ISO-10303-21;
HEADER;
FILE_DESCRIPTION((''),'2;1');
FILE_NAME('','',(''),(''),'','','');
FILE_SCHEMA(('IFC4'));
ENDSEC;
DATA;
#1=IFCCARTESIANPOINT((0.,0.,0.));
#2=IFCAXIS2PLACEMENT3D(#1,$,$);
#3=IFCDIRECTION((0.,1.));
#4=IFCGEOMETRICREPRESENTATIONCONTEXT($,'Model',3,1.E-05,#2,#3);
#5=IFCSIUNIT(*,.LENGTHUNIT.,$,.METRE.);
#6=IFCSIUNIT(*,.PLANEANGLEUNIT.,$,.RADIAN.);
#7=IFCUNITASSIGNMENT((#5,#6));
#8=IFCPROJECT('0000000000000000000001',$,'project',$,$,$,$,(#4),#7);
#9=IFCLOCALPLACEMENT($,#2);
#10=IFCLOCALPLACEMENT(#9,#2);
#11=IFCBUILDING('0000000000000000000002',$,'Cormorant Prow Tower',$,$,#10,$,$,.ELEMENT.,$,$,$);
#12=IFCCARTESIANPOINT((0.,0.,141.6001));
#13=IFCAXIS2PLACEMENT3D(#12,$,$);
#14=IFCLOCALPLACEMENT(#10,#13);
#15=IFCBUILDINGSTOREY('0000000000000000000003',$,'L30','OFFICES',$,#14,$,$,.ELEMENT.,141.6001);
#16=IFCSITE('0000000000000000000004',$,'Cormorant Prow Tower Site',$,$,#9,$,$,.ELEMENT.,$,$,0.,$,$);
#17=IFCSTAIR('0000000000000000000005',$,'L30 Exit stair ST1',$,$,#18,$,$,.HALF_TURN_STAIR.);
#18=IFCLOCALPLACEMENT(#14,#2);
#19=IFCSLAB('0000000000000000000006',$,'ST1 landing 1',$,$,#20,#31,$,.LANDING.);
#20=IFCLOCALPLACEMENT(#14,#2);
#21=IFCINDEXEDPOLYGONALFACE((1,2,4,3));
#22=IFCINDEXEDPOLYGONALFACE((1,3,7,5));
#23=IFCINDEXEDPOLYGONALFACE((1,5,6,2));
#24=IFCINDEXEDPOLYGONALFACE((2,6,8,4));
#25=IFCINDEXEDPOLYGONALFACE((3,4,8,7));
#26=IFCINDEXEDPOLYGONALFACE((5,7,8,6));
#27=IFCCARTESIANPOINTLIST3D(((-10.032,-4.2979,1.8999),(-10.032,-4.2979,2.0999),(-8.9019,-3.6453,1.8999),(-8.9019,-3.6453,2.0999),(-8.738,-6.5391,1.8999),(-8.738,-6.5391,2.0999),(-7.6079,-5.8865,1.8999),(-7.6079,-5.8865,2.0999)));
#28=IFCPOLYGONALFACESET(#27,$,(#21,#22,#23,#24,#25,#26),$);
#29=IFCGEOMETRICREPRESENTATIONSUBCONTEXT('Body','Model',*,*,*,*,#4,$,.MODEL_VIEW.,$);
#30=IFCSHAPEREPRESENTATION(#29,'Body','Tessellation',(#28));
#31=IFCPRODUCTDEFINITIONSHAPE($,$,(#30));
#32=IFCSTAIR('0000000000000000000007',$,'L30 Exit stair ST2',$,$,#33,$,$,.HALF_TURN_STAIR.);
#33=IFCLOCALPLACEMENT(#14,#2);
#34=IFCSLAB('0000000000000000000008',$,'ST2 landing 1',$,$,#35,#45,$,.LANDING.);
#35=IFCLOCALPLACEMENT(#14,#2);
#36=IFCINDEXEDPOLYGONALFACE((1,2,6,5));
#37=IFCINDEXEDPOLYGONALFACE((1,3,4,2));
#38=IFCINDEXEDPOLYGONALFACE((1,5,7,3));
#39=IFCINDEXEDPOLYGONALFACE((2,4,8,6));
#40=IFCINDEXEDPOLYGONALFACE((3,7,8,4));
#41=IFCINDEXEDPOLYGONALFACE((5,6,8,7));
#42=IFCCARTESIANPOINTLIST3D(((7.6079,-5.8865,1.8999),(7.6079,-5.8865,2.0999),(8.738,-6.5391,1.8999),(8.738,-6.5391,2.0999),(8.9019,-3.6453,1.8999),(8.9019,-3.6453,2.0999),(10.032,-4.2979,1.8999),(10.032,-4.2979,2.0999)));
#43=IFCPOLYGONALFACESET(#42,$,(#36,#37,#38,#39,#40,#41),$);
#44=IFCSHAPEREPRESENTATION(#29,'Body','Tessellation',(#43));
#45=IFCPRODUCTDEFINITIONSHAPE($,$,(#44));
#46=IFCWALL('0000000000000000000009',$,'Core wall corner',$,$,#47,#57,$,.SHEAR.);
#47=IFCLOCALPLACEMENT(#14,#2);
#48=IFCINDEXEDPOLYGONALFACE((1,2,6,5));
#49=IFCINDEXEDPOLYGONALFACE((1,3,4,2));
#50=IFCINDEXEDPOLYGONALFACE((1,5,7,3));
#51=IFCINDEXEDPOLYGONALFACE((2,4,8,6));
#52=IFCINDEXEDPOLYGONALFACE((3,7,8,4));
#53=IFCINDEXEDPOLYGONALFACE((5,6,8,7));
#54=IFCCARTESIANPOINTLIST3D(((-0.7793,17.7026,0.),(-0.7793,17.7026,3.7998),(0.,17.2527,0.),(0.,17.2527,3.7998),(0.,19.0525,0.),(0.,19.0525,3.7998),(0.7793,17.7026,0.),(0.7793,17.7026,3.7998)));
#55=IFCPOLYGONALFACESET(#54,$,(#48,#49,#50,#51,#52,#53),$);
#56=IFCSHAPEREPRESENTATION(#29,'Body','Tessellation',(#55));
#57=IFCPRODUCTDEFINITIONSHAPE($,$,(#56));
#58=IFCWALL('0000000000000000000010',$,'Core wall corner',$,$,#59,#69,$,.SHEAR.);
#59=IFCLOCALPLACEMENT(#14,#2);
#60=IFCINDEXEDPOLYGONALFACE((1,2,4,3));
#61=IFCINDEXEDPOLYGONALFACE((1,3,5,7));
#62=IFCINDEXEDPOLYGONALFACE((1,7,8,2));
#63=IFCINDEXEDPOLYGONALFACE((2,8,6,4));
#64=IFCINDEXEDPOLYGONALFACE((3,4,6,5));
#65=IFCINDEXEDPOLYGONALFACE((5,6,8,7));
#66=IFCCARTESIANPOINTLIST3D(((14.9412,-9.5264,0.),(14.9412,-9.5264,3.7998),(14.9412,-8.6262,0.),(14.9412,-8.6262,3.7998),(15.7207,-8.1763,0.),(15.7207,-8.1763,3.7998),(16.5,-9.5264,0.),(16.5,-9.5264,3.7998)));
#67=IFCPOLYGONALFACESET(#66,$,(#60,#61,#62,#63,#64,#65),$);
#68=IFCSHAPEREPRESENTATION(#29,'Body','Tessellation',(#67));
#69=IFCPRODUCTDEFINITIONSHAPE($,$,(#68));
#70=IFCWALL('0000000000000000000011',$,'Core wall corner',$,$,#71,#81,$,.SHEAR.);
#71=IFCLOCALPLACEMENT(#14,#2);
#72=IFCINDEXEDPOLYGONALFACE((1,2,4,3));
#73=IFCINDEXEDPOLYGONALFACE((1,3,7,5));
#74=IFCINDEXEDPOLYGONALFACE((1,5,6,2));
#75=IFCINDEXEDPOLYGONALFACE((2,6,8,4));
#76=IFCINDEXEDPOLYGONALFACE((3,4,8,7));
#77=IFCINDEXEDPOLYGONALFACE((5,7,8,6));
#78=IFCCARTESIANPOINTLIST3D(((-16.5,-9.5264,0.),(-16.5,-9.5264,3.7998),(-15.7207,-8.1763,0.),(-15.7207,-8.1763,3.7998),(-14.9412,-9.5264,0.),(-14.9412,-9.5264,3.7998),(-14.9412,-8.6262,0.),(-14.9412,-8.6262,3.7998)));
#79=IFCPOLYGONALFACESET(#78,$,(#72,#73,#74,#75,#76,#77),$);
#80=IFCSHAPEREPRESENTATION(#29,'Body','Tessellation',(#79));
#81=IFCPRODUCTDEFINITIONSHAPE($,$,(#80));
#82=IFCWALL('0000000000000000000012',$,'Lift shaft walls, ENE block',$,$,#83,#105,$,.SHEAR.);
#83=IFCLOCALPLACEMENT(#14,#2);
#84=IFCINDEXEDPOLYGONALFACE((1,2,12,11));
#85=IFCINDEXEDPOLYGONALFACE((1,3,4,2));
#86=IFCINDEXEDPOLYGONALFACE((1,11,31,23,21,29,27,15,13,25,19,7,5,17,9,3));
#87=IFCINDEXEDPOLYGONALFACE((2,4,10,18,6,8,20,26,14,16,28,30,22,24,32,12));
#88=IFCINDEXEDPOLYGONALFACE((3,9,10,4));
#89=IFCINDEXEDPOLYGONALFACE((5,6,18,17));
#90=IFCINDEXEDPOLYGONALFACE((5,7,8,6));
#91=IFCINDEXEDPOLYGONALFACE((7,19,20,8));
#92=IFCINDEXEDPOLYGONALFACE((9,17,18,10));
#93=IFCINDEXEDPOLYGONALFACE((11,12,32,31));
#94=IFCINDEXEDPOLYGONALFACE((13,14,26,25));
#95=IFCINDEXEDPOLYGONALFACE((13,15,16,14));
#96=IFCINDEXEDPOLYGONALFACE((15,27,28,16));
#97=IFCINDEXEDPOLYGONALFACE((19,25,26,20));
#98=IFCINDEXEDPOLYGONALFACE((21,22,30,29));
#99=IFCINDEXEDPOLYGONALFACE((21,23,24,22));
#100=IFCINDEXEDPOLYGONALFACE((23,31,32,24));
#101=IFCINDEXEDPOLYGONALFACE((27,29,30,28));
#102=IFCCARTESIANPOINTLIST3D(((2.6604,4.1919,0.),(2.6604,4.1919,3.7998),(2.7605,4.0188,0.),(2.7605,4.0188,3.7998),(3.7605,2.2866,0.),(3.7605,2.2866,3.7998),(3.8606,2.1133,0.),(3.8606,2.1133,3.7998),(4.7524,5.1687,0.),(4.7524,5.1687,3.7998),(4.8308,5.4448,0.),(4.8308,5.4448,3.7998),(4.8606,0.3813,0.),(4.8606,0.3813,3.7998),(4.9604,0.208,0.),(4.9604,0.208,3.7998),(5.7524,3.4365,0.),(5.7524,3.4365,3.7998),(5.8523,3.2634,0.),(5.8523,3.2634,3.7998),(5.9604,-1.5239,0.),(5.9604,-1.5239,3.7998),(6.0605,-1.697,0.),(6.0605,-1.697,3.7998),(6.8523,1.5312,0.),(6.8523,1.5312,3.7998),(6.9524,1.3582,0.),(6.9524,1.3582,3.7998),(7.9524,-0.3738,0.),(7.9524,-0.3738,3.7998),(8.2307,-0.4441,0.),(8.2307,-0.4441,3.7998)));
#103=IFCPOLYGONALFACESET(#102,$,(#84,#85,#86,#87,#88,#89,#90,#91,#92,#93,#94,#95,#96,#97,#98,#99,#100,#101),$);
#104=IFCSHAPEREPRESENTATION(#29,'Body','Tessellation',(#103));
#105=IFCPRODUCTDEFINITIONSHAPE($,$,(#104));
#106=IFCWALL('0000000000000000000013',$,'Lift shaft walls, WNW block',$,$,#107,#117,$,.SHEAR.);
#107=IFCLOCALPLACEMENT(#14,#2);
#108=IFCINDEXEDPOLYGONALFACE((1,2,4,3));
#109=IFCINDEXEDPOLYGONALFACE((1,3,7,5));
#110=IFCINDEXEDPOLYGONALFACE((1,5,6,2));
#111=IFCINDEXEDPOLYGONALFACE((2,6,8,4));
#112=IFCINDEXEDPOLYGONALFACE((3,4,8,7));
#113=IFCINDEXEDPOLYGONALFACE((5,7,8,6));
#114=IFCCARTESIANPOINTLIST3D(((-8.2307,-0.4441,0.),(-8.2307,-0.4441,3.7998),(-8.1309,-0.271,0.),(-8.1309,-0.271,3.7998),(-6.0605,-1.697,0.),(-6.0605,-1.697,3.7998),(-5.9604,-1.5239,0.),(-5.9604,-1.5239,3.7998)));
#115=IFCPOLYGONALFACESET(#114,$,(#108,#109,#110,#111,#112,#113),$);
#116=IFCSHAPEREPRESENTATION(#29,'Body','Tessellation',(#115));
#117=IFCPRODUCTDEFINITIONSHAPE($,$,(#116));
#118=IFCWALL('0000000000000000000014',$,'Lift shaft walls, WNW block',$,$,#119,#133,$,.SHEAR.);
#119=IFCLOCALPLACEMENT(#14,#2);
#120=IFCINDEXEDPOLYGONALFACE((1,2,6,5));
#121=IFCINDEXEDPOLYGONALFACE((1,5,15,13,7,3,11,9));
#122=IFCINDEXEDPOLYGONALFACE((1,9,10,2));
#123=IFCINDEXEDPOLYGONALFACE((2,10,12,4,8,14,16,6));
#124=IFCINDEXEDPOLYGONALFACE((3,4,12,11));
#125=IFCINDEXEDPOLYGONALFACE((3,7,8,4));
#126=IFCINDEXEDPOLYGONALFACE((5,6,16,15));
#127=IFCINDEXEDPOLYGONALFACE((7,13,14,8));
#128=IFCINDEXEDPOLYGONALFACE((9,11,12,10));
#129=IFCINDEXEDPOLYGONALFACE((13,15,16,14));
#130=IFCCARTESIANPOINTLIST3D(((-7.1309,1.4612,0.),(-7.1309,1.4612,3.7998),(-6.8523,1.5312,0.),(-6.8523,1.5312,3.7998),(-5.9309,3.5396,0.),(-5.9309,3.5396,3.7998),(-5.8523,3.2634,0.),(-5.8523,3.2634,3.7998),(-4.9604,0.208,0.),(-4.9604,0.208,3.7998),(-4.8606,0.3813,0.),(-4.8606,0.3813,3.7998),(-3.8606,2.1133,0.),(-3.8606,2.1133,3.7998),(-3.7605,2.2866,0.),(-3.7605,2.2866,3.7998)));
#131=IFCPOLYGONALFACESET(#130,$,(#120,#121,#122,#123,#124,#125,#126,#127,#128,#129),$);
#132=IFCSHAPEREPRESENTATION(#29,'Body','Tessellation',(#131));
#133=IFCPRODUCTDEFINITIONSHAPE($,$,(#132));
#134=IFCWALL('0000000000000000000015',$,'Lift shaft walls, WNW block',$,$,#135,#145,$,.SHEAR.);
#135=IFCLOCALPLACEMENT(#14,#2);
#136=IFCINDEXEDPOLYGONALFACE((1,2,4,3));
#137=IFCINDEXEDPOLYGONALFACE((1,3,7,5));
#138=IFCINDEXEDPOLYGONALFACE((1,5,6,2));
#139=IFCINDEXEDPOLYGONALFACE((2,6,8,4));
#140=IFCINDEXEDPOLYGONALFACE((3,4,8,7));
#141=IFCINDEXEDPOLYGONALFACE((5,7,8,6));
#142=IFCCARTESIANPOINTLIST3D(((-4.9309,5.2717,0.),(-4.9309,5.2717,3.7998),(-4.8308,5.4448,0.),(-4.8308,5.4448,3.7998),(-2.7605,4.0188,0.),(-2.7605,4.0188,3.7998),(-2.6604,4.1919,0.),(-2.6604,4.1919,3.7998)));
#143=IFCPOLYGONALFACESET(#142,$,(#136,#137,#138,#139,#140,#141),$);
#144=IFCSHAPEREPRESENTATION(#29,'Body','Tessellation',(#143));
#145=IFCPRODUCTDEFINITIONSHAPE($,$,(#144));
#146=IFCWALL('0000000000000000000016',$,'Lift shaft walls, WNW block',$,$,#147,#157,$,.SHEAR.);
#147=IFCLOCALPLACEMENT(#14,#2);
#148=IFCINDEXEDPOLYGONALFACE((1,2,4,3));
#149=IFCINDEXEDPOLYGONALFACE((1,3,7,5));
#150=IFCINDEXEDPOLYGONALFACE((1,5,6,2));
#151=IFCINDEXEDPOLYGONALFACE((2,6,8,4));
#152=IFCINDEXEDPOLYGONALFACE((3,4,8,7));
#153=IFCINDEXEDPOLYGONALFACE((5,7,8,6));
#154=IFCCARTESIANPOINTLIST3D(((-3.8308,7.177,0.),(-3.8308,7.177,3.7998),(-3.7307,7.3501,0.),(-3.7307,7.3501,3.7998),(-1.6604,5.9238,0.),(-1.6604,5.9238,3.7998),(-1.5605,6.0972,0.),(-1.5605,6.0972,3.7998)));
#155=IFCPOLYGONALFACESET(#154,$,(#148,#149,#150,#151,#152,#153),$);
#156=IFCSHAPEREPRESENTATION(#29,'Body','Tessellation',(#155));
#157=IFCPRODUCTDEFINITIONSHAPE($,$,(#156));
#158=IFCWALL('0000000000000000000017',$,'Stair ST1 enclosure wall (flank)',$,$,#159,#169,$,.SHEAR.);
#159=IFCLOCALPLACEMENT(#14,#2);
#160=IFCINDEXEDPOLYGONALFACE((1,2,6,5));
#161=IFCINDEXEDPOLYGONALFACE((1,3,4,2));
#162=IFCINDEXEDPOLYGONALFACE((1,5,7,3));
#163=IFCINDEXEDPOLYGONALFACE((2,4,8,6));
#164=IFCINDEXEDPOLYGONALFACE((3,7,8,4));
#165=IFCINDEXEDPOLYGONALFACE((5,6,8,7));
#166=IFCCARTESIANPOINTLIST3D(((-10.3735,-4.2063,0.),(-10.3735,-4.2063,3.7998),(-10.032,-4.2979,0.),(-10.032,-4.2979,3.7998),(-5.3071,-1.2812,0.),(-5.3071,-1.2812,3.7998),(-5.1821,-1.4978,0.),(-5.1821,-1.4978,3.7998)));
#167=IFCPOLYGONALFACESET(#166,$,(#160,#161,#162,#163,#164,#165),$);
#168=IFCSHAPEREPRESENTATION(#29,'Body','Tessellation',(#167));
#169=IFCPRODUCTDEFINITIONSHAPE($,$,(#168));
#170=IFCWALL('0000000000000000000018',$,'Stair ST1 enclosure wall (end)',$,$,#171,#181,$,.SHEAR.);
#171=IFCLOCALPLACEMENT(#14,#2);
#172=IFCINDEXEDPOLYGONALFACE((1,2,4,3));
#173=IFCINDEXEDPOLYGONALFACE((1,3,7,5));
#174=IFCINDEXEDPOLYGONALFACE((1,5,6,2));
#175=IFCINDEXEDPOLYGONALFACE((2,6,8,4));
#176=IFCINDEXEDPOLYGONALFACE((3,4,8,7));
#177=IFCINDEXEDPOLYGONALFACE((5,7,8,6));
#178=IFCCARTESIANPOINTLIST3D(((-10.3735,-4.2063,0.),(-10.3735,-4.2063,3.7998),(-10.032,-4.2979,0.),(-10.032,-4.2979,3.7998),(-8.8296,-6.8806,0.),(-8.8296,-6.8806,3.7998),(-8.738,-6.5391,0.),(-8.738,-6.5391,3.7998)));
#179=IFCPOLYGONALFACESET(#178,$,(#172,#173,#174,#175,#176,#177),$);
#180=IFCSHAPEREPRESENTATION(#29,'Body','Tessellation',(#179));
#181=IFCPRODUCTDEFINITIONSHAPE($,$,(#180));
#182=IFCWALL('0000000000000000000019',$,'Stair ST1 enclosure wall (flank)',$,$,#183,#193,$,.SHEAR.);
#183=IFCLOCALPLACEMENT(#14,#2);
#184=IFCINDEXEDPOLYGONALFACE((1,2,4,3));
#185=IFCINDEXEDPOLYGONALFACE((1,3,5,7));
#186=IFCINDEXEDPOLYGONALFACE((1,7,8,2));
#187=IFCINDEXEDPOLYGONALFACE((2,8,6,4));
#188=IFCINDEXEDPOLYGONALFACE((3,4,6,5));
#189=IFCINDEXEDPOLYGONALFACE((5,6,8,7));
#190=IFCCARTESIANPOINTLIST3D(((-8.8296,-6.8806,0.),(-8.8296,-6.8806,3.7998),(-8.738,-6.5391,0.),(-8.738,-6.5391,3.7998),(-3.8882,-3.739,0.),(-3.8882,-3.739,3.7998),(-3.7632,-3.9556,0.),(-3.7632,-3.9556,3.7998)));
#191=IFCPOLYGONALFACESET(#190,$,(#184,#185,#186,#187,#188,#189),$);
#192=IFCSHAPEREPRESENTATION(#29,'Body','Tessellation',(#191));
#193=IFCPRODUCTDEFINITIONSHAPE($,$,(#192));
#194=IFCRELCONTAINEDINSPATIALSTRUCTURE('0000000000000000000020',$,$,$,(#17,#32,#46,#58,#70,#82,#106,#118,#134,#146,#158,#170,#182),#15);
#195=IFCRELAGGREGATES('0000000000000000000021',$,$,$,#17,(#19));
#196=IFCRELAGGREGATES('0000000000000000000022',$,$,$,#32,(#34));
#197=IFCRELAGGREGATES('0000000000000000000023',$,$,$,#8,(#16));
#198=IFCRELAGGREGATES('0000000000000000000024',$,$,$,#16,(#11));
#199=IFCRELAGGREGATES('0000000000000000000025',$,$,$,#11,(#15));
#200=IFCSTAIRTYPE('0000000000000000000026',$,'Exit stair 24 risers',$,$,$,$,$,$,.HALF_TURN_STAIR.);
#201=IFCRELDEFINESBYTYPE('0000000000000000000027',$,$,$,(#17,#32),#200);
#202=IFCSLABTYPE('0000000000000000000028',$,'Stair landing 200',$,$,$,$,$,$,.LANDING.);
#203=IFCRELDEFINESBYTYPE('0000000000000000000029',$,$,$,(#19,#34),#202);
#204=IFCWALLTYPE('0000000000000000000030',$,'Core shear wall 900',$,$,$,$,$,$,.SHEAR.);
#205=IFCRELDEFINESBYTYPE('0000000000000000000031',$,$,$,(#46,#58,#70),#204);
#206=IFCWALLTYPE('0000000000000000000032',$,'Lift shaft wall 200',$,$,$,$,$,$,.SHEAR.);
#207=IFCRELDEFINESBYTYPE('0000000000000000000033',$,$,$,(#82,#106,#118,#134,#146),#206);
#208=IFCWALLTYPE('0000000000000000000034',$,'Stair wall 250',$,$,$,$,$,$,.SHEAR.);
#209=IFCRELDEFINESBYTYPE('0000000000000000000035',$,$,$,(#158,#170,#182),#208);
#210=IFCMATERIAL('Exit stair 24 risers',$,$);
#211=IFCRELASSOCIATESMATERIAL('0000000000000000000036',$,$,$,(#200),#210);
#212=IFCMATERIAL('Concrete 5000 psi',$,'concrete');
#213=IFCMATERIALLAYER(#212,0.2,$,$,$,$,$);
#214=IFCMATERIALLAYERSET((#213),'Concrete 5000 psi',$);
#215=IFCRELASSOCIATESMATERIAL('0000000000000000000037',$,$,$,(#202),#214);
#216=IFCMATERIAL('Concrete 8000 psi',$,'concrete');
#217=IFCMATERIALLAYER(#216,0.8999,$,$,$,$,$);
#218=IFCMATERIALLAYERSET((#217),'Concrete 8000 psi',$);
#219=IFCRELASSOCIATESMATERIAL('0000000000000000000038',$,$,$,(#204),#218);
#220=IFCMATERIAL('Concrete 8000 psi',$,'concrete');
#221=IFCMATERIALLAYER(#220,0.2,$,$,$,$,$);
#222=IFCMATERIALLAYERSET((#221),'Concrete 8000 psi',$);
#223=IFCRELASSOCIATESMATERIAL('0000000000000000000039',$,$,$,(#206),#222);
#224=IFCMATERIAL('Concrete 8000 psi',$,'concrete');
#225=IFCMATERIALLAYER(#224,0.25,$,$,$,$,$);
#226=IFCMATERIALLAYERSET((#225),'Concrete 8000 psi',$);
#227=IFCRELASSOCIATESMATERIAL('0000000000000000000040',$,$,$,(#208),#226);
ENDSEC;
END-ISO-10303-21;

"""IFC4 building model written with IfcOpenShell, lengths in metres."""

from ifc_helpers import new_model, si_unit, direction, frame, origin, place, context, subcontext, project, spatial, polyline, outline, extrude, material, layer, layer_set, type_object, element, aggregate, save


model = new_model("IFC4")

# Units and contexts
model_context = context("Model", 3, precision=1e-05, world=origin(), true_north=direction((0.0, 1.0)))
body_context = subcontext(model_context, "Body", "Model", "MODEL_VIEW")
ifc_project = project(units=[si_unit("LENGTHUNIT", "METRE"), si_unit("PLANEANGLEUNIT", "RADIAN")], contexts=[model_context])

# Site, building, storey
site_placement = place(None, origin())
site = spatial("IfcSite", under=ifc_project, at=site_placement, Name="Cormorant Prow Tower Site", CompositionType="ELEMENT", RefElevation=0.0)
building_placement = place(site_placement, origin())
building = spatial("IfcBuilding", under=site, at=building_placement, Name="Cormorant Prow Tower", CompositionType="ELEMENT")
storey_placement = place(building_placement, frame((0.0, 0.0, 141.6001)))
storey = spatial("IfcBuildingStorey", under=building, at=storey_placement, Name="L30", Description="OFFICES", CompositionType="ELEMENT", Elevation=141.6001)

# Stairs, slabs
ifc_material_1 = material(Name="Exit stair 24 risers")
stair_type = type_object("IfcStairType", Name="Exit stair 24 risers", PredefinedType="HALF_TURN_STAIR", material=ifc_material_1)
stair_1_placement = place(storey_placement, origin())
stair_1 = element("IfcStair", 1, at=stair_1_placement, inside=storey, type_object=stair_type, Name="L30 Exit stair ST1", PredefinedType="HALF_TURN_STAIR")
ifc_material_2 = material(Name="Concrete 5000 psi", Category="concrete")
ifc_layer_1 = layer(ifc_material_2, 0.2)
ifc_layer_set_1 = layer_set([ifc_layer_1], Name="Concrete 5000 psi")
slab_type = type_object("IfcSlabType", Name="Stair landing 200", PredefinedType="LANDING", material=ifc_layer_set_1)
slab_1_placement = place(storey_placement, frame((0.0, 0.0, 1.8999)))
slab_1 = element("IfcSlab", 2, at=slab_1_placement, type_object=slab_type, Name="ST1 landing 1", PredefinedType="LANDING", context=body_context, shape_type="SweptSolid", body=[
    extrude(outline(polyline([(-8.9019, -3.6453), (-10.032, -4.2979), (-8.738, -6.5391), (-7.6079, -5.8865), (-8.9019, -3.6453)])), origin(), (0.0, 0.0, 1.0), 0.2),
])
aggregate(stair_1, [slab_1])
stair_2_placement = place(storey_placement, origin())
stair_2 = element("IfcStair", 3, at=stair_2_placement, inside=storey, type_object=stair_type, Name="L30 Exit stair ST2", PredefinedType="HALF_TURN_STAIR")
slab_2_placement = place(storey_placement, frame((0.0, 0.0, 1.8999)))
slab_2 = element("IfcSlab", 4, at=slab_2_placement, type_object=slab_type, Name="ST2 landing 1", PredefinedType="LANDING", context=body_context, shape_type="SweptSolid", body=[
    extrude(outline(polyline([(7.6079, -5.8865), (8.738, -6.5391), (10.032, -4.2979), (8.9019, -3.6453), (7.6079, -5.8865)])), origin(), (0.0, 0.0, 1.0), 0.2),
])
aggregate(stair_2, [slab_2])

# Walls
ifc_material_3 = material(Name="Concrete 8000 psi", Category="concrete")
ifc_layer_2 = layer(ifc_material_3, 0.8999)
ifc_layer_set_2 = layer_set([ifc_layer_2], Name="Concrete 8000 psi")
wall_type_1 = type_object("IfcWallType", Name="Core shear wall 900", PredefinedType="SHEAR", material=ifc_layer_set_2)
wall_1_placement = place(storey_placement, origin())
element("IfcWall", 5, at=wall_1_placement, inside=storey, type_object=wall_type_1, Name="Core wall corner", PredefinedType="SHEAR", context=body_context, shape_type="SweptSolid", body=[
    extrude(outline(polyline([(-0.7793, 17.7026), (0.0, 19.0525), (0.7793, 17.7026), (0.0, 17.2527), (-0.7793, 17.7026)])), origin(), (0.0, 0.0, 1.0), 3.7998),
])
wall_2_placement = place(storey_placement, origin())
element("IfcWall", 6, at=wall_2_placement, inside=storey, type_object=wall_type_1, Name="Core wall corner", PredefinedType="SHEAR", context=body_context, shape_type="SweptSolid", body=[
    extrude(outline(polyline([(14.9412, -8.6262), (15.7207, -8.1763), (16.5, -9.5264), (14.9412, -9.5264), (14.9412, -8.6262)])), origin(), (0.0, 0.0, 1.0), 3.7998),
])
wall_3_placement = place(storey_placement, origin())
element("IfcWall", 7, at=wall_3_placement, inside=storey, type_object=wall_type_1, Name="Core wall corner", PredefinedType="SHEAR", context=body_context, shape_type="SweptSolid", body=[
    extrude(outline(polyline([(-14.9412, -8.6262), (-14.9412, -9.5264), (-16.5, -9.5264), (-15.7207, -8.1763), (-14.9412, -8.6262)])), origin(), (0.0, 0.0, 1.0), 3.7998),
])
ifc_material_4 = material(Name="Concrete 8000 psi", Category="concrete")
ifc_layer_3 = layer(ifc_material_4, 0.2)
ifc_layer_set_3 = layer_set([ifc_layer_3], Name="Concrete 8000 psi")
wall_type_2 = type_object("IfcWallType", Name="Lift shaft wall 200", PredefinedType="SHEAR", material=ifc_layer_set_3)
wall_4_placement = place(storey_placement, origin())
element("IfcWall", 8, at=wall_4_placement, inside=storey, type_object=wall_type_2, Name="Lift shaft walls, ENE block", PredefinedType="SHEAR", context=body_context, shape_type="SweptSolid", body=[
    extrude(outline(polyline([(2.6604, 4.1919), (4.8308, 5.4448), (8.2307, -0.4441), (6.0605, -1.697), (5.9604, -1.5239), (7.9524, -0.3738), (6.9524, 1.3582), (4.9604, 0.208), (4.8606, 0.3813), (6.8523, 1.5312), (5.8523, 3.2634), (3.8606, 2.1133), (3.7605, 2.2866), (5.7524, 3.4365), (4.7524, 5.1687), (2.7605, 4.0188), (2.6604, 4.1919)])), origin(), (0.0, 0.0, 1.0), 3.7998),
])
wall_5_placement = place(storey_placement, origin())
element("IfcWall", 9, at=wall_5_placement, inside=storey, type_object=wall_type_2, Name="Lift shaft walls, WNW block", PredefinedType="SHEAR", context=body_context, shape_type="SweptSolid", body=[
    extrude(outline(polyline([(-6.0605, -1.697), (-8.2307, -0.4441), (-8.1309, -0.271), (-5.9604, -1.5239), (-6.0605, -1.697)])), origin(), (0.0, 0.0, 1.0), 3.7998),
])
wall_6_placement = place(storey_placement, origin())
element("IfcWall", 10, at=wall_6_placement, inside=storey, type_object=wall_type_2, Name="Lift shaft walls, WNW block", PredefinedType="SHEAR", context=body_context, shape_type="SweptSolid", body=[
    extrude(outline(polyline([(-4.9604, 0.208), (-7.1309, 1.4612), (-5.9309, 3.5396), (-3.7605, 2.2866), (-3.8606, 2.1133), (-5.8523, 3.2634), (-6.8523, 1.5312), (-4.8606, 0.3813), (-4.9604, 0.208)])), origin(), (0.0, 0.0, 1.0), 3.7998),
])
wall_7_placement = place(storey_placement, origin())
element("IfcWall", 11, at=wall_7_placement, inside=storey, type_object=wall_type_2, Name="Lift shaft walls, WNW block", PredefinedType="SHEAR", context=body_context, shape_type="SweptSolid", body=[
    extrude(outline(polyline([(-2.7605, 4.0188), (-4.9309, 5.2717), (-4.8308, 5.4448), (-2.6604, 4.1919), (-2.7605, 4.0188)])), origin(), (0.0, 0.0, 1.0), 3.7998),
])
wall_8_placement = place(storey_placement, origin())
element("IfcWall", 12, at=wall_8_placement, inside=storey, type_object=wall_type_2, Name="Lift shaft walls, WNW block", PredefinedType="SHEAR", context=body_context, shape_type="SweptSolid", body=[
    extrude(outline(polyline([(-3.7307, 7.3501), (-1.5605, 6.0972), (-1.6604, 5.9238), (-3.8308, 7.177), (-3.7307, 7.3501)])), origin(), (0.0, 0.0, 1.0), 3.7998),
])
ifc_material_5 = material(Name="Concrete 8000 psi", Category="concrete")
ifc_layer_4 = layer(ifc_material_5, 0.25)
ifc_layer_set_4 = layer_set([ifc_layer_4], Name="Concrete 8000 psi")
wall_type_3 = type_object("IfcWallType", Name="Stair wall 250", PredefinedType="SHEAR", material=ifc_layer_set_4)
wall_9_placement = place(storey_placement, origin())
element("IfcWall", 13, at=wall_9_placement, inside=storey, type_object=wall_type_3, Name="Stair ST1 enclosure wall (flank)", PredefinedType="SHEAR", context=body_context, shape_type="SweptSolid", body=[
    extrude(outline(polyline([(-5.3071, -1.2812), (-10.3735, -4.2063), (-10.032, -4.2979), (-5.1821, -1.4978), (-5.3071, -1.2812)])), origin(), (0.0, 0.0, 1.0), 3.7998),
])
wall_10_placement = place(storey_placement, origin())
element("IfcWall", 14, at=wall_10_placement, inside=storey, type_object=wall_type_3, Name="Stair ST1 enclosure wall (end)", PredefinedType="SHEAR", context=body_context, shape_type="SweptSolid", body=[
    extrude(outline(polyline([(-10.3735, -4.2063), (-8.8296, -6.8806), (-8.738, -6.5391), (-10.032, -4.2979), (-10.3735, -4.2063)])), origin(), (0.0, 0.0, 1.0), 3.7998),
])
wall_11_placement = place(storey_placement, origin())
element("IfcWall", 15, at=wall_11_placement, inside=storey, type_object=wall_type_3, Name="Stair ST1 enclosure wall (flank)", PredefinedType="SHEAR", context=body_context, shape_type="SweptSolid", body=[
    extrude(outline(polyline([(-8.738, -6.5391), (-8.8296, -6.8806), (-3.7632, -3.9556), (-3.8882, -3.739), (-8.738, -6.5391)])), origin(), (0.0, 0.0, 1.0), 3.7998),
])

save(model, "model.ifc")
